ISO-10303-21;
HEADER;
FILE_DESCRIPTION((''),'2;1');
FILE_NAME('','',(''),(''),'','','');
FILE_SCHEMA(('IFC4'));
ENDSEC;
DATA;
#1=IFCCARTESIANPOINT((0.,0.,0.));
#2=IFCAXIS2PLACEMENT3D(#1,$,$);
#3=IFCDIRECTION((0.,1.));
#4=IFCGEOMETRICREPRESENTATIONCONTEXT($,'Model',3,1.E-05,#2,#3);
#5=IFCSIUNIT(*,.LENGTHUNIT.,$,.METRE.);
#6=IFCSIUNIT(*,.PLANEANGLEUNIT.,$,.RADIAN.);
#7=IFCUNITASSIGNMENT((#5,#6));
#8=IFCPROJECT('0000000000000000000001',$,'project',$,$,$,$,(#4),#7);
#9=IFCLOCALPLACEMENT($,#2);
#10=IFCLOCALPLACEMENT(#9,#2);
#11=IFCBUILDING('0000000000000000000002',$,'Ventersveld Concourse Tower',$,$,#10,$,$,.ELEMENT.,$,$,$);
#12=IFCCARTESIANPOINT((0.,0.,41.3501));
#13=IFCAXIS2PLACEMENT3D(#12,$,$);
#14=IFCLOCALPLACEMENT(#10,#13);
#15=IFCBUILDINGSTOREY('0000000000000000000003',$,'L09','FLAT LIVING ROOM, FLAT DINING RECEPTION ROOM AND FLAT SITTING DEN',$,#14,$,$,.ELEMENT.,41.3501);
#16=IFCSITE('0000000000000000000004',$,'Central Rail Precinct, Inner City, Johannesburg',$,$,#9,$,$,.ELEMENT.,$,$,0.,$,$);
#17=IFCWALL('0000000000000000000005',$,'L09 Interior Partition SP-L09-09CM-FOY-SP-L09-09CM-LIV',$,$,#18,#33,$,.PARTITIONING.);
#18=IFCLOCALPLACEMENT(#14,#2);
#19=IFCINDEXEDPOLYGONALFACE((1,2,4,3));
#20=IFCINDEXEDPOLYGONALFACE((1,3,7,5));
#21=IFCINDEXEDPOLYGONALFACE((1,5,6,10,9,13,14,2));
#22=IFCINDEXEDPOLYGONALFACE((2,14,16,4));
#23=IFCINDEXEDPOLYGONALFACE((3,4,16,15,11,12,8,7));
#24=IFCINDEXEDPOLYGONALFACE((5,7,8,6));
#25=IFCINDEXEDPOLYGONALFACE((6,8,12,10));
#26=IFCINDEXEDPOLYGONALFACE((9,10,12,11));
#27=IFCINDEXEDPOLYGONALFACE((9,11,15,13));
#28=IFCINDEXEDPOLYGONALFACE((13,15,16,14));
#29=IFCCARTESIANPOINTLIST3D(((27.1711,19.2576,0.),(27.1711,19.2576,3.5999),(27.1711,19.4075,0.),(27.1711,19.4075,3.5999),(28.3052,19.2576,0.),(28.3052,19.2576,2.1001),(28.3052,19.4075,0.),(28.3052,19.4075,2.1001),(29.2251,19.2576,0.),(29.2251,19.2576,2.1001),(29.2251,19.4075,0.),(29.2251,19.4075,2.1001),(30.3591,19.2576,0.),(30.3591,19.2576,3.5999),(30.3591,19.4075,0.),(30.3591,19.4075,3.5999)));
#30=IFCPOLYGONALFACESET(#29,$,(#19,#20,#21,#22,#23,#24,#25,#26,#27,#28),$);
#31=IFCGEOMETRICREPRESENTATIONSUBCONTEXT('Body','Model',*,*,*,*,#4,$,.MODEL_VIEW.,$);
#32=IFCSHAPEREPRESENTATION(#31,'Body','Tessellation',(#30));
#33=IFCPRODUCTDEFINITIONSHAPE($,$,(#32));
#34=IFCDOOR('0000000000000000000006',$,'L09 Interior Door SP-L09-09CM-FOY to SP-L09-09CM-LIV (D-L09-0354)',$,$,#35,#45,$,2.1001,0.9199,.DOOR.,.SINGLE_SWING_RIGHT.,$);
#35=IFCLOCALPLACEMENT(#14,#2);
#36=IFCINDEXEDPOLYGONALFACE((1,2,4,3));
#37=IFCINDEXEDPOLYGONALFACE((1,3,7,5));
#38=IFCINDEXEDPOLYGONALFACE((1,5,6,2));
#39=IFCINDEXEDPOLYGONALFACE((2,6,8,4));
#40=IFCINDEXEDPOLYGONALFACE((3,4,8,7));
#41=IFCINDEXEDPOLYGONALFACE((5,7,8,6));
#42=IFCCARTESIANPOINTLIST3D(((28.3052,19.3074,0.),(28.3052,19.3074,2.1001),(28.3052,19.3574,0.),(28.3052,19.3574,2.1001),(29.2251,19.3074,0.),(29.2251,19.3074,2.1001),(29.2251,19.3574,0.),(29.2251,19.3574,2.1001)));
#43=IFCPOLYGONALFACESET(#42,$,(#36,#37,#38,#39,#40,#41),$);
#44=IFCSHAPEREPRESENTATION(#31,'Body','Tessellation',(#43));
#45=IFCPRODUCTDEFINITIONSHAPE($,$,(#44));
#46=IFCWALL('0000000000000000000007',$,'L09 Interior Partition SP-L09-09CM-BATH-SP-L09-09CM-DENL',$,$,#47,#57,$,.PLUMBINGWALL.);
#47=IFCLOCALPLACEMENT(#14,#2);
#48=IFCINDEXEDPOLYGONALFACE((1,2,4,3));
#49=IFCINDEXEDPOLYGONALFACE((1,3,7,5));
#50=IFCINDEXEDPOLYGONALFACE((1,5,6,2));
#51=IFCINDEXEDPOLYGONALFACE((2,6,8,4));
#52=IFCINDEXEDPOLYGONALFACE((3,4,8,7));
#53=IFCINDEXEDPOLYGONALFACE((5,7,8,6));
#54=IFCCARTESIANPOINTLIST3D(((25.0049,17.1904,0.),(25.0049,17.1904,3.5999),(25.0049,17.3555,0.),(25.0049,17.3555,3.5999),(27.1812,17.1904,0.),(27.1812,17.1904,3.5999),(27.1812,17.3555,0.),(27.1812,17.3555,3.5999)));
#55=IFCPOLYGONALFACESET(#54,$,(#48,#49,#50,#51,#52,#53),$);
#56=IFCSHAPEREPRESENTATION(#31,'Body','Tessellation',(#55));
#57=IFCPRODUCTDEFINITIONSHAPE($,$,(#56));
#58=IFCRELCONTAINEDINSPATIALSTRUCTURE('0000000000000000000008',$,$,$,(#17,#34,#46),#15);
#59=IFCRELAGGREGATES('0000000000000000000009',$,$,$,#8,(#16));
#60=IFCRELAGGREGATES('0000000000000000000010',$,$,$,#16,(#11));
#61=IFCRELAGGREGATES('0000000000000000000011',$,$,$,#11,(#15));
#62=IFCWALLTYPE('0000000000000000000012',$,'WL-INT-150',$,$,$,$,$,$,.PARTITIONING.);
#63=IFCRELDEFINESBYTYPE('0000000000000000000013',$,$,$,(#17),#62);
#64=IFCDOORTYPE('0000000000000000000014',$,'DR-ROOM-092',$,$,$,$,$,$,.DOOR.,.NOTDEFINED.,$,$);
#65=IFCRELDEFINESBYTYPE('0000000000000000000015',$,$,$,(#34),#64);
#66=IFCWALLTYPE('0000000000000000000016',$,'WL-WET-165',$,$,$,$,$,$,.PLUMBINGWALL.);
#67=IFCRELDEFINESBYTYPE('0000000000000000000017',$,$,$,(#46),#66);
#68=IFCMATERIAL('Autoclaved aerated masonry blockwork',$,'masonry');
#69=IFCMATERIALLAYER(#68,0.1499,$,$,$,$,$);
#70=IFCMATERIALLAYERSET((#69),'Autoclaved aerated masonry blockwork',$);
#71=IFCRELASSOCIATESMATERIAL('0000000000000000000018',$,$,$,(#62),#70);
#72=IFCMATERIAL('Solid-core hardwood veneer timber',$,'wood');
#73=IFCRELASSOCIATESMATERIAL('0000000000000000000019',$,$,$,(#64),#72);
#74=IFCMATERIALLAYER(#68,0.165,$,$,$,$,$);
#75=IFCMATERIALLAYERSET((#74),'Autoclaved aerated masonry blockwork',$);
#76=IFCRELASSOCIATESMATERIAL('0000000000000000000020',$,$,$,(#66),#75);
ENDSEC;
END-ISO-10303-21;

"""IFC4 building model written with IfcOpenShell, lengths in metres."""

from ifc_helpers import new_model, si_unit, direction, frame, frame_2d, origin, place, context, subcontext, project, spatial, rectangle, extrude, material, layer, layer_set, type_object, element, fill, save


model = new_model("IFC4")

# Units and contexts
model_context = context("Model", 3, precision=1e-05, world=origin(), true_north=direction((0.0, 1.0)))
body_context = subcontext(model_context, "Body", "Model", "MODEL_VIEW")
ifc_project = project(units=[si_unit("LENGTHUNIT", "METRE"), si_unit("PLANEANGLEUNIT", "RADIAN")], contexts=[model_context])

# Site, building, storey
site_placement = place(None, origin())
site = spatial("IfcSite", under=ifc_project, at=site_placement, Name="Central Rail Precinct, Inner City, Johannesburg", CompositionType="ELEMENT", RefElevation=0.0)
building_placement = place(site_placement, origin())
building = spatial("IfcBuilding", under=site, at=building_placement, Name="Ventersveld Concourse Tower", CompositionType="ELEMENT")
storey_placement = place(building_placement, frame((0.0, 0.0, 41.3501)))
storey = spatial("IfcBuildingStorey", under=building, at=storey_placement, Name="L09", Description="FLAT LIVING ROOM, FLAT DINING RECEPTION ROOM AND FLAT SITTING DEN", CompositionType="ELEMENT", Elevation=41.3501)

# Shared definitions
ifc_material_1 = material(Name="Autoclaved aerated masonry blockwork", Category="masonry")
ifc_layer_1 = layer(ifc_material_1, 0.1499)
ifc_layer_set_1 = layer_set([ifc_layer_1], Name="Autoclaved aerated masonry blockwork")
wall_type_1 = type_object("IfcWallType", Name="WL-INT-150", PredefinedType="PARTITIONING", material=ifc_layer_set_1)
ifc_material_2 = material(Name="Solid-core hardwood veneer timber", Category="wood")
door_type = type_object("IfcDoorType", Name="DR-ROOM-092", OperationType="NOTDEFINED", PredefinedType="DOOR", material=ifc_material_2)

# Wall, opening, door
wall_1_placement = place(storey_placement, frame((27.1711, 19.3325, 0.0), z_axis=(0.0, 0.0, 1.0), x_axis=(1.0, 0.0, 0.0)))
wall_1 = element("IfcWall", 1, at=wall_1_placement, inside=storey, type_object=wall_type_1, Name="L09 Interior Partition SP-L09-09CM-FOY-SP-L09-09CM-LIV", PredefinedType="PARTITIONING", context=body_context, shape_type="SweptSolid", body=[
    extrude(rectangle(XDim=3.188, YDim=0.1499, at=frame_2d((1.594, 0.0))), origin(), (0.0, 0.0, 1.0), 3.5999),
])
opening_1_placement = place(wall_1_placement, frame((1.134, 0.0, 0.0)))
opening_1 = element("IfcOpeningElement", 2, at=opening_1_placement, cuts=wall_1, PredefinedType="OPENING", context=body_context, shape_type="SweptSolid", body=[
    extrude(rectangle(XDim=0.9199, YDim=2.1001, at=frame_2d((0.46, 1.05))), frame((0.0, 0.085, 0.0), z_axis=(0.0, -1.0, 0.0), x_axis=(1.0, 0.0, 0.0)), (0.0, 0.0, 1.0), 0.1699),
])
door_1_placement = place(opening_1_placement, origin())
door_1 = element("IfcDoor", 3, at=door_1_placement, inside=storey, type_object=door_type, Name="L09 Interior Door SP-L09-09CM-FOY to SP-L09-09CM-LIV (D-L09-0354)", OperationType="SINGLE_SWING_RIGHT", OverallHeight=2.1001, OverallWidth=0.9199, PredefinedType="DOOR", context=body_context, shape_type="SweptSolid", body=[
    extrude(rectangle(XDim=0.9199, YDim=2.1001, at=frame_2d((0.46, 1.05))), frame((0.0, 0.0249, 0.0), z_axis=(0.0, -1.0, 0.0), x_axis=(1.0, 0.0, 0.0)), (0.0, 0.0, 1.0), 0.05),
])
fill(opening_1, door_1)

# Wall
ifc_layer_2 = layer(ifc_material_1, 0.165)
ifc_layer_set_2 = layer_set([ifc_layer_2], Name="Autoclaved aerated masonry blockwork")
wall_type_2 = type_object("IfcWallType", Name="WL-WET-165", PredefinedType="PLUMBINGWALL", material=ifc_layer_set_2)
wall_2_placement = place(storey_placement, frame((25.0049, 17.2729, 0.0), z_axis=(0.0, 0.0, 1.0), x_axis=(1.0, 0.0, 0.0)))
element("IfcWall", 4, at=wall_2_placement, inside=storey, type_object=wall_type_2, Name="L09 Interior Partition SP-L09-09CM-BATH-SP-L09-09CM-DENL", PredefinedType="PLUMBINGWALL", context=body_context, shape_type="SweptSolid", body=[
    extrude(rectangle(XDim=2.1763, YDim=0.165, at=frame_2d((1.0881, 0.0))), origin(), (0.0, 0.0, 1.0), 3.5999),
])

save(model, "model.ifc")
